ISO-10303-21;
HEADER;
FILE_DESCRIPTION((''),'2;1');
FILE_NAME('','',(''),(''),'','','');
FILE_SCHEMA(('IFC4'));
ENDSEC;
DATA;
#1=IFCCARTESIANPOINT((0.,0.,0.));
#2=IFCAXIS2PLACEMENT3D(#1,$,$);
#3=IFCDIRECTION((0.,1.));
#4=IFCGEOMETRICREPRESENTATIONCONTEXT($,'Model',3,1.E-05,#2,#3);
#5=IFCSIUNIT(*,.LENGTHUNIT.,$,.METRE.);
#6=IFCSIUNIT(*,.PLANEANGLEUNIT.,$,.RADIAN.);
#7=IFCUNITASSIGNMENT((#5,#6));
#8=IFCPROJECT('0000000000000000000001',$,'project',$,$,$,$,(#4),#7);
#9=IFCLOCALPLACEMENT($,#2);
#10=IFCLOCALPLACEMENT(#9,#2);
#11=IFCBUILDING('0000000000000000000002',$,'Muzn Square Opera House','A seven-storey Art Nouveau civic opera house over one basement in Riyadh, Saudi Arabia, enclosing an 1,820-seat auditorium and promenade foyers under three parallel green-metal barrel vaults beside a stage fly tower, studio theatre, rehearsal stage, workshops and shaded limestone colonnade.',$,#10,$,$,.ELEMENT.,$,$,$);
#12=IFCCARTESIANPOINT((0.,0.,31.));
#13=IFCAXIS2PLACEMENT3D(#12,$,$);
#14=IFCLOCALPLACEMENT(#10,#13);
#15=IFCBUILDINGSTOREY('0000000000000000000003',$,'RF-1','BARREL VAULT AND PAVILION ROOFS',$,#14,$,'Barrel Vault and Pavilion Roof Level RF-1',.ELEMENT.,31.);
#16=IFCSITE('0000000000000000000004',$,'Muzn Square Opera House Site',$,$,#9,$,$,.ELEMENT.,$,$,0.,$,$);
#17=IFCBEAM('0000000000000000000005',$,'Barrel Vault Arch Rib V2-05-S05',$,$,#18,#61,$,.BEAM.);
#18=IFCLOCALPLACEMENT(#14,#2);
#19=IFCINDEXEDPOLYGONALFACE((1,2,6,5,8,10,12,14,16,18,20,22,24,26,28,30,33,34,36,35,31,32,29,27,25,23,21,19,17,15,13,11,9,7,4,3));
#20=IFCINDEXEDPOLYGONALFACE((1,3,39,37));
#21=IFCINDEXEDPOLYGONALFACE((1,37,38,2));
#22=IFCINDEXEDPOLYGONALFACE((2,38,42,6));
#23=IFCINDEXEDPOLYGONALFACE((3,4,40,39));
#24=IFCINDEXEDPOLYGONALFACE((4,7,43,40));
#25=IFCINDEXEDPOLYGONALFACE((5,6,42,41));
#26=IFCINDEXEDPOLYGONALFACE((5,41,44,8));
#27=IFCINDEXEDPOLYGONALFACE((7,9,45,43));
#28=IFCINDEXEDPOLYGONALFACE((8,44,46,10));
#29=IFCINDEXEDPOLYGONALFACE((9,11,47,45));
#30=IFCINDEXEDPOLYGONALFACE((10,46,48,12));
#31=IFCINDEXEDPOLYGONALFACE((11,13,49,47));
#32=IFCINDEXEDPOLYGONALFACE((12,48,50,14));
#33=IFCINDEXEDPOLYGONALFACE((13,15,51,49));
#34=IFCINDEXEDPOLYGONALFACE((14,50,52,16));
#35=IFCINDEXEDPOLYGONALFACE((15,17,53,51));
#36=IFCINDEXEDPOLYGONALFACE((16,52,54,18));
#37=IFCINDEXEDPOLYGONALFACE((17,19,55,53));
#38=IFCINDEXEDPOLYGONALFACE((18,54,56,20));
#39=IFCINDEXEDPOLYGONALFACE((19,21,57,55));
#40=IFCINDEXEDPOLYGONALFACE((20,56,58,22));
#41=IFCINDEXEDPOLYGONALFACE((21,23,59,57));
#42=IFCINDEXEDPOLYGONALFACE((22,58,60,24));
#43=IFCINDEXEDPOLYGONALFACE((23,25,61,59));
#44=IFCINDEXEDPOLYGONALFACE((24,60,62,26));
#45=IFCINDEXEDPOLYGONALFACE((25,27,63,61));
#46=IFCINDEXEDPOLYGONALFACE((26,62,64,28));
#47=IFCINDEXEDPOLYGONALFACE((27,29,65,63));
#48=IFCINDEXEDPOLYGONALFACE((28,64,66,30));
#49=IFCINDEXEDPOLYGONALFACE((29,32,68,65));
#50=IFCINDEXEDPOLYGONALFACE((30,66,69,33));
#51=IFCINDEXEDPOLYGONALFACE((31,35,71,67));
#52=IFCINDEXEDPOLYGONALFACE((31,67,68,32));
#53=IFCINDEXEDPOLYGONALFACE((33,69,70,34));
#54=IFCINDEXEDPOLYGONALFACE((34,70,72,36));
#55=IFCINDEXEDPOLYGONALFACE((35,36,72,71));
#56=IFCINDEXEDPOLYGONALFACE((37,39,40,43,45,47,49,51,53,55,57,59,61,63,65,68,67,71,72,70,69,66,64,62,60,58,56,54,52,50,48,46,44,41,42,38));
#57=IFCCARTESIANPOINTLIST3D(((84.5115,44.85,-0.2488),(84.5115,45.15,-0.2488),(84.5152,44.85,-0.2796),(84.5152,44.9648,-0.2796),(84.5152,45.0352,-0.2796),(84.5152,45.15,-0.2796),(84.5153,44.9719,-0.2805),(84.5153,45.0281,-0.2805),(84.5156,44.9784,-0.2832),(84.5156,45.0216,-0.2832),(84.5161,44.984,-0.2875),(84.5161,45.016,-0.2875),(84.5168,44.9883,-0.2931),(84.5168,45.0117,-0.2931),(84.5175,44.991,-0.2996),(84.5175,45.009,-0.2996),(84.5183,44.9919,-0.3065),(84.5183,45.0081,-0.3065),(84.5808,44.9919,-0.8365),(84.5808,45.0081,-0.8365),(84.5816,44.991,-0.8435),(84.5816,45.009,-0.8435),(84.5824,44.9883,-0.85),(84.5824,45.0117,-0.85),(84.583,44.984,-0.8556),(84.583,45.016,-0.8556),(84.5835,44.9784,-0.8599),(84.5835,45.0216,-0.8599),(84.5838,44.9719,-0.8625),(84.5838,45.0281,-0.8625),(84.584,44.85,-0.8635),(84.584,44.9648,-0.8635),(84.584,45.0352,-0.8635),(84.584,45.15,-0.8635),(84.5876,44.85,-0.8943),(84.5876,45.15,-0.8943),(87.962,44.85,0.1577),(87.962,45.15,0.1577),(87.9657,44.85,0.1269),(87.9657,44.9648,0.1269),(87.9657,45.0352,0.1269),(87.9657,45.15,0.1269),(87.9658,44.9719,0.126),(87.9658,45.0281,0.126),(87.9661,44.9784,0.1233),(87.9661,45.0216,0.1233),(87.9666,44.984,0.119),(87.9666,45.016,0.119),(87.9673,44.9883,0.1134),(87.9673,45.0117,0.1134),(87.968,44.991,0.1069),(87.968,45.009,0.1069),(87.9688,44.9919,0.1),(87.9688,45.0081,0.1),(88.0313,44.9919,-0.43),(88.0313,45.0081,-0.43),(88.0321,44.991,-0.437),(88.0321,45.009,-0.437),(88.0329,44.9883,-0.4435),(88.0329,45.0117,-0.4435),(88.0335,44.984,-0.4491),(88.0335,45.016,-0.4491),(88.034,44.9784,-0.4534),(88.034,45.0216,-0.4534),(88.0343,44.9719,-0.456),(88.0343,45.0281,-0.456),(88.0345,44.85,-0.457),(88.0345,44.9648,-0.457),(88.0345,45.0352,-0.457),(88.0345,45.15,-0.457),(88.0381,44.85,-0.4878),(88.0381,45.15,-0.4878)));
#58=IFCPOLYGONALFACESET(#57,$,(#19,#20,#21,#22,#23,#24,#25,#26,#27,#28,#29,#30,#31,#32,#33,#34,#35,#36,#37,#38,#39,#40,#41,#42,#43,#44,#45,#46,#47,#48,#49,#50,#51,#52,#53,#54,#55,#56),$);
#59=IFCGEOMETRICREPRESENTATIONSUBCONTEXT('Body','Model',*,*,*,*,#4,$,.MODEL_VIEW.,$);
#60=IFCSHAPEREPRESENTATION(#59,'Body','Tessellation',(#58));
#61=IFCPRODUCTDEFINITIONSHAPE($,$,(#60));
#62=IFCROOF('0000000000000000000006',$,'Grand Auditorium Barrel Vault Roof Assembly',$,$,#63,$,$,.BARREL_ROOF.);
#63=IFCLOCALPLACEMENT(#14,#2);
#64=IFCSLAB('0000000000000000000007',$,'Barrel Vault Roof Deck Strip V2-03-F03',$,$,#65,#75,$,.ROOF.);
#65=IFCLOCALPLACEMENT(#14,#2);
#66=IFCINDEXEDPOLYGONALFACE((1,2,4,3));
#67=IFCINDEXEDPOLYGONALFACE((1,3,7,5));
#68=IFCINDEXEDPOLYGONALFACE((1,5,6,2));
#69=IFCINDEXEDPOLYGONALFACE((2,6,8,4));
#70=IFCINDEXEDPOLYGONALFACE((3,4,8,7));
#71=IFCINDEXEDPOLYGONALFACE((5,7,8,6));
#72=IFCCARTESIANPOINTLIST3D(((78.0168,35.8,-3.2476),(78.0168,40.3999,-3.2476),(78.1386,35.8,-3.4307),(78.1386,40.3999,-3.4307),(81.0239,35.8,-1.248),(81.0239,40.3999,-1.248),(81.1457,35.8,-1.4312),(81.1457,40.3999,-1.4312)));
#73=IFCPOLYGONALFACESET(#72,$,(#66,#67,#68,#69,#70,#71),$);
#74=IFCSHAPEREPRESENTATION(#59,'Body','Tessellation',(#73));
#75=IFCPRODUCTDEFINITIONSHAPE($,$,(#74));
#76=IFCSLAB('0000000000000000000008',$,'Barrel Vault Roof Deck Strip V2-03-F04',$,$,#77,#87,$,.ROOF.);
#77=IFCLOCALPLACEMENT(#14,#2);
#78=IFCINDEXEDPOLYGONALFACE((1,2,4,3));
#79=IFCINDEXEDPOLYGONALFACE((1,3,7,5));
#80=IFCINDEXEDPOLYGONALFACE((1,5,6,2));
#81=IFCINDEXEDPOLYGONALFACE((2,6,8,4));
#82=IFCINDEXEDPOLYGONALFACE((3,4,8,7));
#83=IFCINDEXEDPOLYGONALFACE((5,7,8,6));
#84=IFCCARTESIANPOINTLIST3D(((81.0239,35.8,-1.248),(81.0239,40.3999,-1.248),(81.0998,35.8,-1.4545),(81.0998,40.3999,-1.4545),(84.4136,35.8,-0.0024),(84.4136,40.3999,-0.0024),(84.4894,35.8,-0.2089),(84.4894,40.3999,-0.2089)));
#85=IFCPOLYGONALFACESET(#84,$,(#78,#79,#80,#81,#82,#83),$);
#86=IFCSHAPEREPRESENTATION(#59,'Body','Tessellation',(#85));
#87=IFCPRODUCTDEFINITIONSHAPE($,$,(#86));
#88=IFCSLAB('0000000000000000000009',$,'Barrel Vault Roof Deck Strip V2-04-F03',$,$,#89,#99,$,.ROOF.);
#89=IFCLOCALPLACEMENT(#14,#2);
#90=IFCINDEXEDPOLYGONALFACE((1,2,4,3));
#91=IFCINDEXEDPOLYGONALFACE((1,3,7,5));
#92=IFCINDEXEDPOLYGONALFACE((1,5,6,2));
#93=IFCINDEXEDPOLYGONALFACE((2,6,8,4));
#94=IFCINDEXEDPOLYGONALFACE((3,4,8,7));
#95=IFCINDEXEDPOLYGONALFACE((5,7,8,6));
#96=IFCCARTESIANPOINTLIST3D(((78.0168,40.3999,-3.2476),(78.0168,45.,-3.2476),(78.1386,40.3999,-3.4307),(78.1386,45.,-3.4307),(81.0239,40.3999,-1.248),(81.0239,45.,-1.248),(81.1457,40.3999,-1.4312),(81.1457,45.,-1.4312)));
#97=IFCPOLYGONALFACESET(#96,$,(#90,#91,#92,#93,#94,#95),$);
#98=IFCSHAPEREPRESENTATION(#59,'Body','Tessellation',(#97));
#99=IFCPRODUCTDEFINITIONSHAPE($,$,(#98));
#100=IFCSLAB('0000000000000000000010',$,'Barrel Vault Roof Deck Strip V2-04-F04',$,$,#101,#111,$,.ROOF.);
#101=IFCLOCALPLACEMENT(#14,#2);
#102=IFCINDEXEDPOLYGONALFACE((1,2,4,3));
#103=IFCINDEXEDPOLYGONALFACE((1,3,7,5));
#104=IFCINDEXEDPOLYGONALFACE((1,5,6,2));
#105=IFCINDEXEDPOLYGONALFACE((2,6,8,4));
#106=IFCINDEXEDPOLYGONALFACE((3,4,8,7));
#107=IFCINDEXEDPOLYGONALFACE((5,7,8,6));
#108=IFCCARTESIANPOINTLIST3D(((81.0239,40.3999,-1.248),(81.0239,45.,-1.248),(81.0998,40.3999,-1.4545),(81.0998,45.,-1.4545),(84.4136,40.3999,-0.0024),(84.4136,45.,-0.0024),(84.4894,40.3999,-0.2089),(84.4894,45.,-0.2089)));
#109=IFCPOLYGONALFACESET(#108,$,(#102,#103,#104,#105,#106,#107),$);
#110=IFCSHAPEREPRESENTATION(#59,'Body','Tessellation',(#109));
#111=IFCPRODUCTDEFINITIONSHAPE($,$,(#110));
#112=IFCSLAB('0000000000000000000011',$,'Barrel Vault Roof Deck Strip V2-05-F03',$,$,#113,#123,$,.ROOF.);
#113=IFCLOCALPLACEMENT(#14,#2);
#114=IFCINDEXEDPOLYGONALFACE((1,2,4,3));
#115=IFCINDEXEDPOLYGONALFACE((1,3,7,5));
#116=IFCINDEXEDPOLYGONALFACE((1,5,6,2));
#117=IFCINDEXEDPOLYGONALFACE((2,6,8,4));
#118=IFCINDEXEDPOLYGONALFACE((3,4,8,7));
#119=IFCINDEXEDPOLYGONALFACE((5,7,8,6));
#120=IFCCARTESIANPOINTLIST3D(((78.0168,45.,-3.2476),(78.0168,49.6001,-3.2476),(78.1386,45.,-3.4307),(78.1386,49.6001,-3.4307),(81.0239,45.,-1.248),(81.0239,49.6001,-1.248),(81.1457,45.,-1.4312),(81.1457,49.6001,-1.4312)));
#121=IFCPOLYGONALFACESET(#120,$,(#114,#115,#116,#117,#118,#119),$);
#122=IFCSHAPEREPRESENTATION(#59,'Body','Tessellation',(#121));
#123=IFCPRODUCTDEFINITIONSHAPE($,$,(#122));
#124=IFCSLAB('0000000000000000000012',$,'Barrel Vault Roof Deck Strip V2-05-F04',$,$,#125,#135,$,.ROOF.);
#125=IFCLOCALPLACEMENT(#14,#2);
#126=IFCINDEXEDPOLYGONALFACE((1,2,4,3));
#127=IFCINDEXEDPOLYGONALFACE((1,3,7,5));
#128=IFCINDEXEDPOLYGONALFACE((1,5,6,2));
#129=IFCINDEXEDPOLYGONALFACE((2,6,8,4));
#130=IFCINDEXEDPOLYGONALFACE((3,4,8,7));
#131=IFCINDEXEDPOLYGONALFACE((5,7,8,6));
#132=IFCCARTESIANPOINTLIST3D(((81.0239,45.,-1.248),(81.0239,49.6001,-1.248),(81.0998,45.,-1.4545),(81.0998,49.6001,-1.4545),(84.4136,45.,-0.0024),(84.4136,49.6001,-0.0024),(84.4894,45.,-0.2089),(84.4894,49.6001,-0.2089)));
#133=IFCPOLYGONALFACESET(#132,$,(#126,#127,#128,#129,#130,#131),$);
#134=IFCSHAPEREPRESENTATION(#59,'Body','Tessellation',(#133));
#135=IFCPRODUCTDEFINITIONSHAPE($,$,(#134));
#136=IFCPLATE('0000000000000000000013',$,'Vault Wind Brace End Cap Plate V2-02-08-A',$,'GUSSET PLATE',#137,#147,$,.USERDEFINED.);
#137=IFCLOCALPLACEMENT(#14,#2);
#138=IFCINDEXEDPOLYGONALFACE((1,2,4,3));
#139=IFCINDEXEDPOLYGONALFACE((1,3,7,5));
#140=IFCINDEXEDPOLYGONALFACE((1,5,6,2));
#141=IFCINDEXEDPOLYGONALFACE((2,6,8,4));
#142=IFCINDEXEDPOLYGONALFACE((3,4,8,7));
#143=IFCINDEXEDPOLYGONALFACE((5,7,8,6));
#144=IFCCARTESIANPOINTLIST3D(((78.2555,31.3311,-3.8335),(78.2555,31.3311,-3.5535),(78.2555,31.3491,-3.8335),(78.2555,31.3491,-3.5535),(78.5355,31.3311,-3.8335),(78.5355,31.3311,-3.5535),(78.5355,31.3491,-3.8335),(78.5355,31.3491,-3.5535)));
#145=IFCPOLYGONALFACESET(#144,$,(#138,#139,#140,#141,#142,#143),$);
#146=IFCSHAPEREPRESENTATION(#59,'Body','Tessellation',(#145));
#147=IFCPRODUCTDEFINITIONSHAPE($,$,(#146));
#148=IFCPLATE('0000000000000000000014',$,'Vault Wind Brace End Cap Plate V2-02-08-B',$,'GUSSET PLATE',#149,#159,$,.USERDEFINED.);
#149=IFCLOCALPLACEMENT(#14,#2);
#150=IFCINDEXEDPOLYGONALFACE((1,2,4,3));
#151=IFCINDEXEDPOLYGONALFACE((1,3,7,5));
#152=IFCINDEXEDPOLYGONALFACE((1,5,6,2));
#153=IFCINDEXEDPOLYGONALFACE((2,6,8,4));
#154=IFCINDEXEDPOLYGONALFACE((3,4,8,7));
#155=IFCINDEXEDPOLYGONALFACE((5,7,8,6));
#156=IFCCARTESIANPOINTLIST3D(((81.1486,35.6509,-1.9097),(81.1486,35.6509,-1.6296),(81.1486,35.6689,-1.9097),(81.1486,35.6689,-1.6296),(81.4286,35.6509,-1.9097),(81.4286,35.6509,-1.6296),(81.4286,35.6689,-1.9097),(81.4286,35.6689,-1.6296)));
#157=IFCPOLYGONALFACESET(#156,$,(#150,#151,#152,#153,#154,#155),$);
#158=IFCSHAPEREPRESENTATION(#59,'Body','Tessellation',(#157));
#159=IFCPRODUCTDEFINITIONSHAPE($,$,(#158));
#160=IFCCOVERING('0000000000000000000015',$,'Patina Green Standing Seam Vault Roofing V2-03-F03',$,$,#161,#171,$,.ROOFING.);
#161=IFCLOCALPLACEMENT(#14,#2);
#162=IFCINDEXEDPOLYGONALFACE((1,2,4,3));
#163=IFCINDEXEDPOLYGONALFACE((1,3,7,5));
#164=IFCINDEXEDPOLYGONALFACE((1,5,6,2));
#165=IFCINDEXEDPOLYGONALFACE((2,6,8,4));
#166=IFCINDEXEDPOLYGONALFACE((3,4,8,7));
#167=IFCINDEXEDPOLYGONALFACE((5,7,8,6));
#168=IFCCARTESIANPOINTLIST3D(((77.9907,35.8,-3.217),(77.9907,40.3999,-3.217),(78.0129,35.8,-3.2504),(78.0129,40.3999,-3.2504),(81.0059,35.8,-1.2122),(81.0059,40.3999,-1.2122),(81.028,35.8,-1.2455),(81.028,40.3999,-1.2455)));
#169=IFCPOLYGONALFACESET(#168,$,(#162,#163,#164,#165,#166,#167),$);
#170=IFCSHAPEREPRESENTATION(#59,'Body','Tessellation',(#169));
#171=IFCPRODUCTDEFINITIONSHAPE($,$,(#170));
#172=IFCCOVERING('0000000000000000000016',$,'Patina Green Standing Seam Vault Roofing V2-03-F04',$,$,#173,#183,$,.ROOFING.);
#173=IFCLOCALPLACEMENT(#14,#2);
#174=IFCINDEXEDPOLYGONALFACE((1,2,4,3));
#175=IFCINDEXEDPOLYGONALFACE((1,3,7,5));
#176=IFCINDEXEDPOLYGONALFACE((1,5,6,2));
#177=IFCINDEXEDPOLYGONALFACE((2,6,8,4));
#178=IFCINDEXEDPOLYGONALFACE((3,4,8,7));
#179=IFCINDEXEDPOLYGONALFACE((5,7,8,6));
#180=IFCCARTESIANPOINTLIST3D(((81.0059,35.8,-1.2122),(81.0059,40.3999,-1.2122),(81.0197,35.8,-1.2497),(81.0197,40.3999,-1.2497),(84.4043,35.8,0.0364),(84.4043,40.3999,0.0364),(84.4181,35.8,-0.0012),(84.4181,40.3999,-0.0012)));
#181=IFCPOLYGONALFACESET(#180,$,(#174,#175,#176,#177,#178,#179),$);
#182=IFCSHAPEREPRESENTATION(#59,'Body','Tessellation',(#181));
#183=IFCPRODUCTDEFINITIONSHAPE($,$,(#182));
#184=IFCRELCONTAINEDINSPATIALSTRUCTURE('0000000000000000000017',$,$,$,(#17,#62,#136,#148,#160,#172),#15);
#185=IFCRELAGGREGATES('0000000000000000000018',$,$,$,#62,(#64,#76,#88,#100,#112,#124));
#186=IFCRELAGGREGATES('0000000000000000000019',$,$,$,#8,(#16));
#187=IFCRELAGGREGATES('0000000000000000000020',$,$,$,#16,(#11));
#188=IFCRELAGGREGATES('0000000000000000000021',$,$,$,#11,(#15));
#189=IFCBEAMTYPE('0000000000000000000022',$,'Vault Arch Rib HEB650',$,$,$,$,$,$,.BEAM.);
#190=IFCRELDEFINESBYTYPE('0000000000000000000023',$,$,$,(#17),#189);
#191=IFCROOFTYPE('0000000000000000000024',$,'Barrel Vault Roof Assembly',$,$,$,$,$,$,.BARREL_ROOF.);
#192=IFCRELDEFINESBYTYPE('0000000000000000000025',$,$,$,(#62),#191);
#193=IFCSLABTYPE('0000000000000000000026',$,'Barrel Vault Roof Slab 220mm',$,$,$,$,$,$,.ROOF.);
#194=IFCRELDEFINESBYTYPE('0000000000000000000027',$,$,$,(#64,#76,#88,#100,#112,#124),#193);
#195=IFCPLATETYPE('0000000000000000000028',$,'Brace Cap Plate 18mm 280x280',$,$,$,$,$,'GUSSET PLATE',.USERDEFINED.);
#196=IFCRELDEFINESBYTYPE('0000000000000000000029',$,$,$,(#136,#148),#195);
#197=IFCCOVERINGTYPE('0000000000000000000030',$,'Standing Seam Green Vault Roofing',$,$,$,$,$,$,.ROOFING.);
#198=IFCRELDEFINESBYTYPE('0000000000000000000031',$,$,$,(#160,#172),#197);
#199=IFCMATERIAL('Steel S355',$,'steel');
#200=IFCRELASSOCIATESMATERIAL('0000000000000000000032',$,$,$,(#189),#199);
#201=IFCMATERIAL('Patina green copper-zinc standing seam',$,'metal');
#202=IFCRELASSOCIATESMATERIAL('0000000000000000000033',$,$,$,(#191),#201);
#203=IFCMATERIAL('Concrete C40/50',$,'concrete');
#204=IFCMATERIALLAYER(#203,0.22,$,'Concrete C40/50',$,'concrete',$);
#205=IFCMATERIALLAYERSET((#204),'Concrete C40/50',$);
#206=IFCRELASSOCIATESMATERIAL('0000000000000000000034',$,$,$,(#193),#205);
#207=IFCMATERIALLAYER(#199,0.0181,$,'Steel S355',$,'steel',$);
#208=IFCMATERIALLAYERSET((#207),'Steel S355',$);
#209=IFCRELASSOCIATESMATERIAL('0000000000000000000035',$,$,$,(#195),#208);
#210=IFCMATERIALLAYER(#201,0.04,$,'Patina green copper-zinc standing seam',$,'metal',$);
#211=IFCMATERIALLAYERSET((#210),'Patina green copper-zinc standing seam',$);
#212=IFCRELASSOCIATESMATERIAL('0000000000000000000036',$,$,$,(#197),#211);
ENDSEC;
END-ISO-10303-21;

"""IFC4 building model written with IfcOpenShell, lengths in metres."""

from ifc_helpers import new_model, si_unit, direction, frame, origin, origin_2d, place, context, subcontext, project, spatial, polyline, rectangle, i_section, outline, extrude, material, layer, layer_set, material_profile, profile_set, type_object, element, aggregate, save


model = new_model("IFC4")

# Units and contexts
model_context = context("Model", 3, precision=1e-05, world=origin(), true_north=direction((0.0, 1.0)))
body_context = subcontext(model_context, "Body", "Model", "MODEL_VIEW")
ifc_project = project(units=[si_unit("LENGTHUNIT", "METRE"), si_unit("PLANEANGLEUNIT", "RADIAN")], contexts=[model_context])

# Site, building, storey
site_placement = place(None, origin())
site = spatial("IfcSite", under=ifc_project, at=site_placement, Name="Muzn Square Opera House Site", CompositionType="ELEMENT", RefElevation=0.0)
building_placement = place(site_placement, origin())
building = spatial("IfcBuilding", under=site, at=building_placement, Name="Muzn Square Opera House", Description="A seven-storey Art Nouveau civic opera house over one basement in Riyadh, Saudi Arabia, enclosing an 1,820-seat auditorium and promenade foyers under three parallel green-metal barrel vaults beside a stage fly tower, studio theatre, rehearsal stage, workshops and shaded limestone colonnade.", CompositionType="ELEMENT")
storey_placement = place(building_placement, frame((0.0, 0.0, 31.0)))
storey = spatial("IfcBuildingStorey", under=building, at=storey_placement, Name="RF-1", Description="BARREL VAULT AND PAVILION ROOFS", LongName="Barrel Vault and Pavilion Roof Level RF-1", CompositionType="ELEMENT", Elevation=31.0)

# Beam
ifc_material_1 = material(Name="Steel S355", Category="steel")
ifc_material_profile_1 = material_profile(ifc_material_1, i_section(OverallWidth=0.3, OverallDepth=0.6499, WebThickness=0.0161, FlangeThickness=0.031, FilletRadius=0.0271, at=origin_2d()), Name="HEB 650", Category="steel")
ifc_profile_set_1 = profile_set([ifc_material_profile_1], Name="Steel S355")
beam_type_1 = type_object("IfcBeamType", Name="Vault Arch Rib HEB650", PredefinedType="BEAM", material=ifc_profile_set_1)
beam_1_placement = place(storey_placement, frame((84.5496, 45.0, -0.5715), z_axis=(0.993132, 0.0, 0.117), x_axis=(0.0, 1.0, 0.0)))
element("IfcBeam", 1, at=beam_1_placement, inside=storey, type_object=beam_type_1, Name="Barrel Vault Arch Rib V2-05-S05", PredefinedType="BEAM", context=body_context, shape_type="SweptSolid", body=[
    extrude(i_section(OverallWidth=0.3, OverallDepth=0.6499, WebThickness=0.0161, FlangeThickness=0.031, FilletRadius=0.0271, at=origin_2d()), origin(), (0.0, 0.0, 1.0), 3.4744),
])

# Roof, slabs
ifc_material_2 = material(Name="Patina green copper-zinc standing seam", Category="metal")
roof_type = type_object("IfcRoofType", Name="Barrel Vault Roof Assembly", PredefinedType="BARREL_ROOF", material=ifc_material_2)
roof_placement = place(storey_placement, origin())
roof = element("IfcRoof", 2, at=roof_placement, inside=storey, type_object=roof_type, Name="Grand Auditorium Barrel Vault Roof Assembly", PredefinedType="BARREL_ROOF")
ifc_material_3 = material(Name="Concrete C40/50", Category="concrete")
ifc_layer_1 = layer(ifc_material_3, 0.22, Name="Concrete C40/50", Category="concrete")
ifc_layer_set_1 = layer_set([ifc_layer_1], Name="Concrete C40/50")
slab_type = type_object("IfcSlabType", Name="Barrel Vault Roof Slab 220mm", PredefinedType="ROOF", material=ifc_layer_set_1)
slab_1_placement = place(storey_placement, frame((81.0239, 35.8, -1.248), z_axis=(-0.553701, 0.0, 0.832715), x_axis=(0.0, 1.0, 0.0)))
slab_1 = element("IfcSlab", 3, at=slab_1_placement, type_object=slab_type, Name="Barrel Vault Roof Deck Strip V2-03-F03", PredefinedType="ROOF", context=body_context, shape_type="SweptSolid", body=[
    extrude(outline(polyline([(0.0, 3.6112), (0.0, 0.0), (4.5999, 0.0), (4.5999, 3.6112), (0.0, 3.6112)])), origin(), (0.0, 0.0, -1.0), 0.22),
])
slab_2_placement = place(storey_placement, frame((84.4136, 35.8, -0.0024), z_axis=(-0.344922, 0.0, 0.938631), x_axis=(0.0, 1.0, 0.0)))
slab_2 = element("IfcSlab", 4, at=slab_2_placement, type_object=slab_type, Name="Barrel Vault Roof Deck Strip V2-03-F04", PredefinedType="ROOF", context=body_context, shape_type="SweptSolid", body=[
    extrude(outline(polyline([(0.0, 3.6113), (0.0, 0.0), (4.5999, 0.0), (4.5999, 3.6113), (0.0, 3.6113)])), origin(), (0.0, 0.0, -1.0), 0.22),
])
slab_3_placement = place(storey_placement, frame((81.0239, 40.3999, -1.248), z_axis=(-0.553701, 0.0, 0.832715), x_axis=(0.0, 1.0, 0.0)))
slab_3 = element("IfcSlab", 5, at=slab_3_placement, type_object=slab_type, Name="Barrel Vault Roof Deck Strip V2-04-F03", PredefinedType="ROOF", context=body_context, shape_type="SweptSolid", body=[
    extrude(outline(polyline([(0.0, 3.6112), (0.0, 0.0), (4.6001, 0.0), (4.6001, 3.6112), (0.0, 3.6112)])), origin(), (0.0, 0.0, -1.0), 0.22),
])
slab_4_placement = place(storey_placement, frame((84.4136, 40.3999, -0.0024), z_axis=(-0.344922, 0.0, 0.938631), x_axis=(0.0, 1.0, 0.0)))
slab_4 = element("IfcSlab", 6, at=slab_4_placement, type_object=slab_type, Name="Barrel Vault Roof Deck Strip V2-04-F04", PredefinedType="ROOF", context=body_context, shape_type="SweptSolid", body=[
    extrude(outline(polyline([(0.0, 3.6113), (0.0, 0.0), (4.6001, 0.0), (4.6001, 3.6113), (0.0, 3.6113)])), origin(), (0.0, 0.0, -1.0), 0.22),
])
slab_5_placement = place(storey_placement, frame((81.0239, 45.0, -1.248), z_axis=(-0.553701, 0.0, 0.832715), x_axis=(0.0, 1.0, 0.0)))
slab_5 = element("IfcSlab", 7, at=slab_5_placement, type_object=slab_type, Name="Barrel Vault Roof Deck Strip V2-05-F03", PredefinedType="ROOF", context=body_context, shape_type="SweptSolid", body=[
    extrude(outline(polyline([(0.0, 3.6112), (0.0, 0.0), (4.6001, 0.0), (4.6001, 3.6112), (0.0, 3.6112)])), origin(), (0.0, 0.0, -1.0), 0.22),
])
slab_6_placement = place(storey_placement, frame((84.4136, 45.0, -0.0024), z_axis=(-0.344922, 0.0, 0.938631), x_axis=(0.0, 1.0, 0.0)))
slab_6 = element("IfcSlab", 8, at=slab_6_placement, type_object=slab_type, Name="Barrel Vault Roof Deck Strip V2-05-F04", PredefinedType="ROOF", context=body_context, shape_type="SweptSolid", body=[
    extrude(outline(polyline([(0.0, 3.6113), (0.0, 0.0), (4.6001, 0.0), (4.6001, 3.6113), (0.0, 3.6113)])), origin(), (0.0, 0.0, -1.0), 0.22),
])
aggregate(roof, [slab_1, slab_2, slab_3, slab_4, slab_5, slab_6])

# Plates
ifc_layer_2 = layer(ifc_material_1, 0.0181, Name="Steel S355", Category="steel")
ifc_layer_set_2 = layer_set([ifc_layer_2], Name="Steel S355")
plate_type = type_object("IfcPlateType", Name="Brace Cap Plate 18mm 280x280", ElementType="GUSSET PLATE", PredefinedType="USERDEFINED", material=ifc_layer_set_2)
for number, where, z_axis, x_axis, name in (
    (9, (78.3955, 31.3401, -3.8335), (0.0, 0.0, 1.0), (1.0, 0.0, 0.0), "Vault Wind Brace End Cap Plate V2-02-08-A"),
    (10, (81.2886, 35.6599, -1.9097), (0.0, 0.0, 1.0), (1.0, 0.0, 0.0), "Vault Wind Brace End Cap Plate V2-02-08-B"),
):
    element("IfcPlate", number, at=place(storey_placement, frame(where, z_axis=z_axis, x_axis=x_axis)), inside=storey, type_object=plate_type, Name=name, ObjectType="GUSSET PLATE", PredefinedType="USERDEFINED", context=body_context, shape_type="SweptSolid", body=[
        extrude(rectangle(XDim=0.28, YDim=0.0181, at=origin_2d()), origin(), (0.0, 0.0, 1.0), 0.28),
    ])

# Coverings
ifc_layer_3 = layer(ifc_material_2, 0.04, Name="Patina green copper-zinc standing seam", Category="metal")
ifc_layer_set_3 = layer_set([ifc_layer_3], Name="Patina green copper-zinc standing seam")
covering_type = type_object("IfcCoveringType", Name="Standing Seam Green Vault Roofing", PredefinedType="ROOFING", material=ifc_layer_set_3)
covering_1_placement = place(storey_placement, frame((81.0059, 35.8, -1.2122), z_axis=(-0.553704, 0.0, 0.832714), x_axis=(0.0, 1.0, 0.0)))
element("IfcCovering", 11, at=covering_1_placement, inside=storey, type_object=covering_type, Name="Patina Green Standing Seam Vault Roofing V2-03-F03", PredefinedType="ROOFING", context=body_context, shape_type="SweptSolid", body=[
    extrude(outline(polyline([(0.0, 3.6209), (0.0, 0.0), (4.5999, 0.0), (4.5999, 3.6209), (0.0, 3.6209)])), origin(), (0.0, 0.0, -1.0), 0.04),
])
covering_2_placement = place(storey_placement, frame((84.4043, 35.8, 0.0364), z_axis=(-0.344849, 0.0, 0.938658), x_axis=(0.0, 1.0, 0.0)))
element("IfcCovering", 12, at=covering_2_placement, inside=storey, type_object=covering_type, Name="Patina Green Standing Seam Vault Roofing V2-03-F04", PredefinedType="ROOFING", context=body_context, shape_type="SweptSolid", body=[
    extrude(outline(polyline([(0.0, 3.6205), (0.0, 0.0), (4.5999, 0.0), (4.5999, 3.6205), (0.0, 3.6205)])), origin(), (0.0, 0.0, -1.0), 0.04),
])

save(model, "model.ifc")
